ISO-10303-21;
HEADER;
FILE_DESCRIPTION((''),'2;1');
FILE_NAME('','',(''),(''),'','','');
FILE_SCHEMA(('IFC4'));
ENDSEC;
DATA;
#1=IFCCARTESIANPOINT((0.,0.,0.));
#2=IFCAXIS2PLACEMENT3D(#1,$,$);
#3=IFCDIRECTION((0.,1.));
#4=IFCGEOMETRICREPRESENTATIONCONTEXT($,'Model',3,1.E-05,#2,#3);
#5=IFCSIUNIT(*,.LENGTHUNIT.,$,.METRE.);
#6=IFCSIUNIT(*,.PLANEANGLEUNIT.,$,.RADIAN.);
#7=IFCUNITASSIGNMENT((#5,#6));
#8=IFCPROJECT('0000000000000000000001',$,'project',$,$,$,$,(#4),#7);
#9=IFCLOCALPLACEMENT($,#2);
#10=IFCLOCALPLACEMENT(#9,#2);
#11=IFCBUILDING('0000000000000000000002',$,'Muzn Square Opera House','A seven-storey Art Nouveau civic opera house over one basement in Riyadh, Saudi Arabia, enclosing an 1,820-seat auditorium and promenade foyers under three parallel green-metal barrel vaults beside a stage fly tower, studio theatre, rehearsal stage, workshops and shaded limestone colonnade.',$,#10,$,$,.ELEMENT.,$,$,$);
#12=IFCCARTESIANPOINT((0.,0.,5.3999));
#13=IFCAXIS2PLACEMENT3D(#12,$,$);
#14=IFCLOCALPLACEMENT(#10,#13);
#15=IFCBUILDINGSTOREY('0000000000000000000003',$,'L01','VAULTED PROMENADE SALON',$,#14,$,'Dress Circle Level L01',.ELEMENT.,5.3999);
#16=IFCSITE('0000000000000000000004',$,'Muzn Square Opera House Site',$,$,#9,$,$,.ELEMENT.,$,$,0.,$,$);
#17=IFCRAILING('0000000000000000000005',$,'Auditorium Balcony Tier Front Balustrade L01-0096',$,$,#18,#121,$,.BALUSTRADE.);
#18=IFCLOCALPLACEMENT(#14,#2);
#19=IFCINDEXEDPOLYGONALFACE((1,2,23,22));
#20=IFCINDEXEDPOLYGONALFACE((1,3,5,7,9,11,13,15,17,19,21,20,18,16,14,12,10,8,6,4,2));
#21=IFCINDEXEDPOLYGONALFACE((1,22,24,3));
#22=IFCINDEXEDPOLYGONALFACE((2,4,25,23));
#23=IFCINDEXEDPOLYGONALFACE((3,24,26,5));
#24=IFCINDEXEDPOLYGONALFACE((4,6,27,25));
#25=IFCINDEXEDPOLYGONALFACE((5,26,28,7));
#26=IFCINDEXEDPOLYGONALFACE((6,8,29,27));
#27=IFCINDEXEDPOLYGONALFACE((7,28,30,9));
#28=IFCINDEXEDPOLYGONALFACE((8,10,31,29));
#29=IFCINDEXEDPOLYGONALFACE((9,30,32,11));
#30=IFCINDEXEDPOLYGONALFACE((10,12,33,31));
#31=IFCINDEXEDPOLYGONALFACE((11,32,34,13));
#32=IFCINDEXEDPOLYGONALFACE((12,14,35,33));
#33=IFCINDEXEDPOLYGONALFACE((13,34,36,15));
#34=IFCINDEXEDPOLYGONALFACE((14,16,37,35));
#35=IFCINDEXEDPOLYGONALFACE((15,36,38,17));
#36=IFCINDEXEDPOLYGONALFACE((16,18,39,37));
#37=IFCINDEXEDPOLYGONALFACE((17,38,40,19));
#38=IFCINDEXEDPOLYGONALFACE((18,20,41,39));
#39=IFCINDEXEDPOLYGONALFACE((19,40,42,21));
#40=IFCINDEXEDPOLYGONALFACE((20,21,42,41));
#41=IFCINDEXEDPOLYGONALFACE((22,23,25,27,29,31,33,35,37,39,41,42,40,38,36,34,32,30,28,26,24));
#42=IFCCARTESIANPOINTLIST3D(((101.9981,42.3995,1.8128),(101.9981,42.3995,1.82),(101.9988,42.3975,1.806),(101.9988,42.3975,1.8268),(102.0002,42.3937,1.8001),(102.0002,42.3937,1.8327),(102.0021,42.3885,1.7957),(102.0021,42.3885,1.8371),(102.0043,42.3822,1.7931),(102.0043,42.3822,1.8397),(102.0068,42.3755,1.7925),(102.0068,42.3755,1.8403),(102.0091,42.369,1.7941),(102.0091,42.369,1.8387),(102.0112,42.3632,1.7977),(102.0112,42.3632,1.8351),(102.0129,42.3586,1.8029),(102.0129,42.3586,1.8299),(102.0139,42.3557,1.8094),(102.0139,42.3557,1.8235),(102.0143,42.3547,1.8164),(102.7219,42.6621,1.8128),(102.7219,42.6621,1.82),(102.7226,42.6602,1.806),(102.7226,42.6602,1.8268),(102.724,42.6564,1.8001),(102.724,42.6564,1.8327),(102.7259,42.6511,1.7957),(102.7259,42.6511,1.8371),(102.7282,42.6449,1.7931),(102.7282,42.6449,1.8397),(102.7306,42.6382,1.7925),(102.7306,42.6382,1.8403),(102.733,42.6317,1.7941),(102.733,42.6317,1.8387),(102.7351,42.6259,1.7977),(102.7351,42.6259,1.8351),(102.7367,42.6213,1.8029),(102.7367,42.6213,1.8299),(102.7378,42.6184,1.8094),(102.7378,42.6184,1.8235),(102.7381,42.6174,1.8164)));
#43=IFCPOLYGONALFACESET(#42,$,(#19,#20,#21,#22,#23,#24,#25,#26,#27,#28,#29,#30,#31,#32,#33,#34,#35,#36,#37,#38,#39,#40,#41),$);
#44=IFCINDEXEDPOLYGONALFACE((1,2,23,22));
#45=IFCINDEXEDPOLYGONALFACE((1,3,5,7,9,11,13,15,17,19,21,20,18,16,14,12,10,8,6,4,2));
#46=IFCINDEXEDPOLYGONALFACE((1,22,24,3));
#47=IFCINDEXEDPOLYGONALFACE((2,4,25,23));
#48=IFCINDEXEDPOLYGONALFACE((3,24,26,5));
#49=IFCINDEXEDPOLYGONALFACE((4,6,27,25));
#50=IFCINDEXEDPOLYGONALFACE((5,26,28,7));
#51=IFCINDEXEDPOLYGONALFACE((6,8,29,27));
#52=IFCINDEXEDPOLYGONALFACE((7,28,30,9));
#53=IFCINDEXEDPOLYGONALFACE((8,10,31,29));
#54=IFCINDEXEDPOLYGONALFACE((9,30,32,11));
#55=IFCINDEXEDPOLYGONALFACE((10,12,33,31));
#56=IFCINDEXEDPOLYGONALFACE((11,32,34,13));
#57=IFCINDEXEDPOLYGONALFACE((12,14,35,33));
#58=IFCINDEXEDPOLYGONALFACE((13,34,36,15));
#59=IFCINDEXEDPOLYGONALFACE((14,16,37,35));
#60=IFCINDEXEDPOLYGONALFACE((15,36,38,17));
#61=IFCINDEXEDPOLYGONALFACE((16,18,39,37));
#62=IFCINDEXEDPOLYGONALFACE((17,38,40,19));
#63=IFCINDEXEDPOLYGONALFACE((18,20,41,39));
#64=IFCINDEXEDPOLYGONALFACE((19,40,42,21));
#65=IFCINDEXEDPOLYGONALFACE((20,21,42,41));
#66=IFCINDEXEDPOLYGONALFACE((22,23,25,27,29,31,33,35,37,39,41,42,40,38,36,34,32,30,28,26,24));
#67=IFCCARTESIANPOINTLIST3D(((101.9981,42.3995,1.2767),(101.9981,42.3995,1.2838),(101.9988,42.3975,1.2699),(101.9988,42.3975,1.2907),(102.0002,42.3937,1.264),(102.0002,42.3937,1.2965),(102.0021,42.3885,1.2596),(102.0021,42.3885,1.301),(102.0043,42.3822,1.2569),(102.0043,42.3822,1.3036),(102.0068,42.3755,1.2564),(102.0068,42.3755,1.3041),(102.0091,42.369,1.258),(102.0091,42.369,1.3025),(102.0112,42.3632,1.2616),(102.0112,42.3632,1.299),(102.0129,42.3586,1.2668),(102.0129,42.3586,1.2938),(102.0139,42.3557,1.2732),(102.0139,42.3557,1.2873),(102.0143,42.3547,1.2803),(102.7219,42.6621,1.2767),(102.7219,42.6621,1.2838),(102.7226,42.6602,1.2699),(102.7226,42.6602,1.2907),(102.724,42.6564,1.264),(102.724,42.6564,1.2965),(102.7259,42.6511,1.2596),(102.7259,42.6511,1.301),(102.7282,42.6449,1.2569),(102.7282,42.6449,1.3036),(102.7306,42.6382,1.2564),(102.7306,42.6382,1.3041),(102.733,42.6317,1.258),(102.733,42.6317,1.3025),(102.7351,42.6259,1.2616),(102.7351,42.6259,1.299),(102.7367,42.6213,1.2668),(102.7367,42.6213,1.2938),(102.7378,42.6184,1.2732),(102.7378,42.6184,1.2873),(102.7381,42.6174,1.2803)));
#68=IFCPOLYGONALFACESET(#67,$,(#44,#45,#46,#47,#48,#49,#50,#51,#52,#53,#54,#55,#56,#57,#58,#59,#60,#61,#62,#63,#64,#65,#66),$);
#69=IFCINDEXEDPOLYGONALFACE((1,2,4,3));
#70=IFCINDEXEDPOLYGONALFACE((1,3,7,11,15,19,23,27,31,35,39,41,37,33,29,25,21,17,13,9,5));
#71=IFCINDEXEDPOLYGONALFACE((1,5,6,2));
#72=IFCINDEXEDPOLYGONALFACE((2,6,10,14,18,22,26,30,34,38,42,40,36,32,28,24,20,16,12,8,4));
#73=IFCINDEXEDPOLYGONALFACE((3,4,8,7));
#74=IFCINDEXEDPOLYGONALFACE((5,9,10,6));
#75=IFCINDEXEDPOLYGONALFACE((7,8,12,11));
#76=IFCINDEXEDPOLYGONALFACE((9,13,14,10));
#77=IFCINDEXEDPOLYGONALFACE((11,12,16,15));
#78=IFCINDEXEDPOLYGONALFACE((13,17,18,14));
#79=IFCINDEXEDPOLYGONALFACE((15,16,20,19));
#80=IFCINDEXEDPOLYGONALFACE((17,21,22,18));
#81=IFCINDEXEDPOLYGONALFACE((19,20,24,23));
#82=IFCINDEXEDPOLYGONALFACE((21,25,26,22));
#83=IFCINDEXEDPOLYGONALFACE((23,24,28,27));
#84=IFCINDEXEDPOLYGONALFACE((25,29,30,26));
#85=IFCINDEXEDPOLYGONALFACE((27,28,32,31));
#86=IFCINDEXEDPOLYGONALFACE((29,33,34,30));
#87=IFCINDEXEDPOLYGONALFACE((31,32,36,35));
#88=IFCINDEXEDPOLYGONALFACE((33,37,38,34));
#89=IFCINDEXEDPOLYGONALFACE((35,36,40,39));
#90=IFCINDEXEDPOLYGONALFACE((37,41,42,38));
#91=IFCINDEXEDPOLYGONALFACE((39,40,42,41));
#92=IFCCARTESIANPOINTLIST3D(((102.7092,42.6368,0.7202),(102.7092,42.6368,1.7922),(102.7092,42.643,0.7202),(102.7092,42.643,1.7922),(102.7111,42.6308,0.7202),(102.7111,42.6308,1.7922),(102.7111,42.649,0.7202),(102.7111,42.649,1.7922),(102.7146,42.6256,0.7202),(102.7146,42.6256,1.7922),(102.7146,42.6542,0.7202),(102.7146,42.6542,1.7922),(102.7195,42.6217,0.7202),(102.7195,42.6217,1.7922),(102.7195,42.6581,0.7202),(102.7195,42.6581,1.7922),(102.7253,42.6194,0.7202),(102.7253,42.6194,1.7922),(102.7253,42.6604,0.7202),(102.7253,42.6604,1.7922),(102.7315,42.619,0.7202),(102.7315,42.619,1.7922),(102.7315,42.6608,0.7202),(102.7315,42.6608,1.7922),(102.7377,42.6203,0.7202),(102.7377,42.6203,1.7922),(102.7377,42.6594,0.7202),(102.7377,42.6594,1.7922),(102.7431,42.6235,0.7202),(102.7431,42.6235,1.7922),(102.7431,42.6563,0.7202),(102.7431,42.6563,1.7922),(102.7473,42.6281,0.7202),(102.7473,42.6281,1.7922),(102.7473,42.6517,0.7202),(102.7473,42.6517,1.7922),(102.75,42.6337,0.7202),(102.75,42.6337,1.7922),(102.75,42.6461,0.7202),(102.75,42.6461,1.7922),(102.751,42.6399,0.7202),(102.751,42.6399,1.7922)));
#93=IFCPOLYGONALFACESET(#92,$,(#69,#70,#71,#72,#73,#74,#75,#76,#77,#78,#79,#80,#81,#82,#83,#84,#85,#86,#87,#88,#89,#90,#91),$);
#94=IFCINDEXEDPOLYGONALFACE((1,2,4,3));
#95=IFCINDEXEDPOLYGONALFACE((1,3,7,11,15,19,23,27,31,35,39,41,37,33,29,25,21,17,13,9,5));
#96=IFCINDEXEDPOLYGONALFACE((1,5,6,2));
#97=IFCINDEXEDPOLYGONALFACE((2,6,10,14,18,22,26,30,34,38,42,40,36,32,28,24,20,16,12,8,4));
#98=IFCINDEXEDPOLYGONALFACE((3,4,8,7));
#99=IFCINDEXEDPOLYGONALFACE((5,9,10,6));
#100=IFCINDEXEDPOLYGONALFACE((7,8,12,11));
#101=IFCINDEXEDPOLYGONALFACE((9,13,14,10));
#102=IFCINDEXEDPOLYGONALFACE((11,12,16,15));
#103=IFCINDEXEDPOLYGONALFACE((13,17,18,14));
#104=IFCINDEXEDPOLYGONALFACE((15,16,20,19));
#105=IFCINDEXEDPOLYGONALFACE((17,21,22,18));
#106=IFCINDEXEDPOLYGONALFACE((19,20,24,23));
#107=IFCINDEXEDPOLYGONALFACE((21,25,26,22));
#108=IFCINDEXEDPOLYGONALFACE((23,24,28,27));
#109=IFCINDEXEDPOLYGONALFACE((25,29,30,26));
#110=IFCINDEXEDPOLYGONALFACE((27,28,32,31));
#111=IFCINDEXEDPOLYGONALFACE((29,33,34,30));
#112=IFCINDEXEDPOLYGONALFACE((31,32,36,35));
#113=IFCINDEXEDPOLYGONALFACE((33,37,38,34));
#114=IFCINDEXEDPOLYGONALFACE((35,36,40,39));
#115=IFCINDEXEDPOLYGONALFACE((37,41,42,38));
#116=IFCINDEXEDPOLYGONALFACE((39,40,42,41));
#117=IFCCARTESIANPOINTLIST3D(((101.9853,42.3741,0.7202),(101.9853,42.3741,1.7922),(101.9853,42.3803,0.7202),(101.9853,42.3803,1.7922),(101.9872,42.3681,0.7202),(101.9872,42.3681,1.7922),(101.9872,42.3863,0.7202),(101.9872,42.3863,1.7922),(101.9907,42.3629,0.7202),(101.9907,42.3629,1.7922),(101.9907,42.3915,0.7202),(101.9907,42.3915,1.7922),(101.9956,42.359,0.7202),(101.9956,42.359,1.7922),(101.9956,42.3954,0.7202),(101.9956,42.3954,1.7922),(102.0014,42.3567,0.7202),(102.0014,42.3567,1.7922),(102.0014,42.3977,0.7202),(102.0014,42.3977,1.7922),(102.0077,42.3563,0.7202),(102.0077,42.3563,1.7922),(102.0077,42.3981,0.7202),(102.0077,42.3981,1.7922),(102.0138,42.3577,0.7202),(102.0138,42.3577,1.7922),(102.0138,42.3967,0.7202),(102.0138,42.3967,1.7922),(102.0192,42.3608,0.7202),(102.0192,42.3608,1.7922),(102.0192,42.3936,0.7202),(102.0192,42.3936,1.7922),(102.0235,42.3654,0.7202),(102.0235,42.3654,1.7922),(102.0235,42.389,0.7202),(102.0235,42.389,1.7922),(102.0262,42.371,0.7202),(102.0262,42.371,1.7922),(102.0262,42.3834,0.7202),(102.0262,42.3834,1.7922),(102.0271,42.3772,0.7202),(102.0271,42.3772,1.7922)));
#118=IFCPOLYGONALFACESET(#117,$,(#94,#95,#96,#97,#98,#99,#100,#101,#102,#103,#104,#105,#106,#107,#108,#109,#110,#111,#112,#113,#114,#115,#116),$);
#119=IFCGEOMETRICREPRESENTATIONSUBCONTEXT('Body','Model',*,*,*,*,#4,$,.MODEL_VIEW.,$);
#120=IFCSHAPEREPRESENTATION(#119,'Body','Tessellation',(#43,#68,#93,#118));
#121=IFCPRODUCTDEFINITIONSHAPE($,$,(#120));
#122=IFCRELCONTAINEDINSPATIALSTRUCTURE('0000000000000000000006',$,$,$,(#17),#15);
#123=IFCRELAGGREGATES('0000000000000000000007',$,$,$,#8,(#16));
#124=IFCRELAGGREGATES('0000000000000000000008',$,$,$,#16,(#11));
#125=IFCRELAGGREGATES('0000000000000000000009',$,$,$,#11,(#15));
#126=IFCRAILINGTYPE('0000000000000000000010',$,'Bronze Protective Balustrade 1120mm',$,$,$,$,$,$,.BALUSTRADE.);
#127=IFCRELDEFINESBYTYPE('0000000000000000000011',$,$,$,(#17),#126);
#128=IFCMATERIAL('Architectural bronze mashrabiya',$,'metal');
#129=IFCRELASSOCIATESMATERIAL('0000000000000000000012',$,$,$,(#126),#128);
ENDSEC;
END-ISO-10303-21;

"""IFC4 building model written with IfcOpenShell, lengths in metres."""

from ifc_helpers import new_model, si_unit, direction, frame, origin, origin_2d, place, context, subcontext, project, spatial, circle, extrude, material, type_object, element, save


model = new_model("IFC4")

# Units and contexts
model_context = context("Model", 3, precision=1e-05, world=origin(), true_north=direction((0.0, 1.0)))
body_context = subcontext(model_context, "Body", "Model", "MODEL_VIEW")
ifc_project = project(units=[si_unit("LENGTHUNIT", "METRE"), si_unit("PLANEANGLEUNIT", "RADIAN")], contexts=[model_context])

# Site, building, storey
site_placement = place(None, origin())
site = spatial("IfcSite", under=ifc_project, at=site_placement, Name="Muzn Square Opera House Site", CompositionType="ELEMENT", RefElevation=0.0)
building_placement = place(site_placement, origin())
building = spatial("IfcBuilding", under=site, at=building_placement, Name="Muzn Square Opera House", Description="A seven-storey Art Nouveau civic opera house over one basement in Riyadh, Saudi Arabia, enclosing an 1,820-seat auditorium and promenade foyers under three parallel green-metal barrel vaults beside a stage fly tower, studio theatre, rehearsal stage, workshops and shaded limestone colonnade.", CompositionType="ELEMENT")
storey_placement = place(building_placement, frame((0.0, 0.0, 5.3999)))
storey = spatial("IfcBuildingStorey", under=building, at=storey_placement, Name="L01", Description="VAULTED PROMENADE SALON", LongName="Dress Circle Level L01", CompositionType="ELEMENT", Elevation=5.3999)

# Railing
ifc_material_1 = material(Name="Architectural bronze mashrabiya", Category="metal")
railing_type = type_object("IfcRailingType", Name="Bronze Protective Balustrade 1120mm", PredefinedType="BALUSTRADE", material=ifc_material_1)
railing_1_placement = place(storey_placement, frame((102.73, 42.6399, 0.7202)))
element("IfcRailing", 1, at=railing_1_placement, inside=storey, type_object=railing_type, Name="Auditorium Balcony Tier Front Balustrade L01-0096", PredefinedType="BALUSTRADE", context=body_context, shape_type="SweptSolid", body=[
    extrude(circle(Radius=0.0239, at=origin_2d()), frame((0.0, 0.0, 1.0962), z_axis=(-0.940015, -0.341132, 0.0), x_axis=(0.341132, -0.940015, 0.0)), (0.0, 0.0, 1.0), 0.77),
    extrude(circle(Radius=0.0239, at=origin_2d()), frame((0.0, 0.0, 0.5601), z_axis=(-0.940015, -0.341132, 0.0), x_axis=(0.341132, -0.940015, 0.0)), (0.0, 0.0, 1.0), 0.77),
    extrude(circle(Radius=0.021, at=origin_2d()), origin(), (0.0, 0.0, 1.0), 1.072),
    extrude(circle(Radius=0.021, at=origin_2d()), frame((-0.7239, -0.2627, 0.0)), (0.0, 0.0, 1.0), 1.072),
])

save(model, "model.ifc")
